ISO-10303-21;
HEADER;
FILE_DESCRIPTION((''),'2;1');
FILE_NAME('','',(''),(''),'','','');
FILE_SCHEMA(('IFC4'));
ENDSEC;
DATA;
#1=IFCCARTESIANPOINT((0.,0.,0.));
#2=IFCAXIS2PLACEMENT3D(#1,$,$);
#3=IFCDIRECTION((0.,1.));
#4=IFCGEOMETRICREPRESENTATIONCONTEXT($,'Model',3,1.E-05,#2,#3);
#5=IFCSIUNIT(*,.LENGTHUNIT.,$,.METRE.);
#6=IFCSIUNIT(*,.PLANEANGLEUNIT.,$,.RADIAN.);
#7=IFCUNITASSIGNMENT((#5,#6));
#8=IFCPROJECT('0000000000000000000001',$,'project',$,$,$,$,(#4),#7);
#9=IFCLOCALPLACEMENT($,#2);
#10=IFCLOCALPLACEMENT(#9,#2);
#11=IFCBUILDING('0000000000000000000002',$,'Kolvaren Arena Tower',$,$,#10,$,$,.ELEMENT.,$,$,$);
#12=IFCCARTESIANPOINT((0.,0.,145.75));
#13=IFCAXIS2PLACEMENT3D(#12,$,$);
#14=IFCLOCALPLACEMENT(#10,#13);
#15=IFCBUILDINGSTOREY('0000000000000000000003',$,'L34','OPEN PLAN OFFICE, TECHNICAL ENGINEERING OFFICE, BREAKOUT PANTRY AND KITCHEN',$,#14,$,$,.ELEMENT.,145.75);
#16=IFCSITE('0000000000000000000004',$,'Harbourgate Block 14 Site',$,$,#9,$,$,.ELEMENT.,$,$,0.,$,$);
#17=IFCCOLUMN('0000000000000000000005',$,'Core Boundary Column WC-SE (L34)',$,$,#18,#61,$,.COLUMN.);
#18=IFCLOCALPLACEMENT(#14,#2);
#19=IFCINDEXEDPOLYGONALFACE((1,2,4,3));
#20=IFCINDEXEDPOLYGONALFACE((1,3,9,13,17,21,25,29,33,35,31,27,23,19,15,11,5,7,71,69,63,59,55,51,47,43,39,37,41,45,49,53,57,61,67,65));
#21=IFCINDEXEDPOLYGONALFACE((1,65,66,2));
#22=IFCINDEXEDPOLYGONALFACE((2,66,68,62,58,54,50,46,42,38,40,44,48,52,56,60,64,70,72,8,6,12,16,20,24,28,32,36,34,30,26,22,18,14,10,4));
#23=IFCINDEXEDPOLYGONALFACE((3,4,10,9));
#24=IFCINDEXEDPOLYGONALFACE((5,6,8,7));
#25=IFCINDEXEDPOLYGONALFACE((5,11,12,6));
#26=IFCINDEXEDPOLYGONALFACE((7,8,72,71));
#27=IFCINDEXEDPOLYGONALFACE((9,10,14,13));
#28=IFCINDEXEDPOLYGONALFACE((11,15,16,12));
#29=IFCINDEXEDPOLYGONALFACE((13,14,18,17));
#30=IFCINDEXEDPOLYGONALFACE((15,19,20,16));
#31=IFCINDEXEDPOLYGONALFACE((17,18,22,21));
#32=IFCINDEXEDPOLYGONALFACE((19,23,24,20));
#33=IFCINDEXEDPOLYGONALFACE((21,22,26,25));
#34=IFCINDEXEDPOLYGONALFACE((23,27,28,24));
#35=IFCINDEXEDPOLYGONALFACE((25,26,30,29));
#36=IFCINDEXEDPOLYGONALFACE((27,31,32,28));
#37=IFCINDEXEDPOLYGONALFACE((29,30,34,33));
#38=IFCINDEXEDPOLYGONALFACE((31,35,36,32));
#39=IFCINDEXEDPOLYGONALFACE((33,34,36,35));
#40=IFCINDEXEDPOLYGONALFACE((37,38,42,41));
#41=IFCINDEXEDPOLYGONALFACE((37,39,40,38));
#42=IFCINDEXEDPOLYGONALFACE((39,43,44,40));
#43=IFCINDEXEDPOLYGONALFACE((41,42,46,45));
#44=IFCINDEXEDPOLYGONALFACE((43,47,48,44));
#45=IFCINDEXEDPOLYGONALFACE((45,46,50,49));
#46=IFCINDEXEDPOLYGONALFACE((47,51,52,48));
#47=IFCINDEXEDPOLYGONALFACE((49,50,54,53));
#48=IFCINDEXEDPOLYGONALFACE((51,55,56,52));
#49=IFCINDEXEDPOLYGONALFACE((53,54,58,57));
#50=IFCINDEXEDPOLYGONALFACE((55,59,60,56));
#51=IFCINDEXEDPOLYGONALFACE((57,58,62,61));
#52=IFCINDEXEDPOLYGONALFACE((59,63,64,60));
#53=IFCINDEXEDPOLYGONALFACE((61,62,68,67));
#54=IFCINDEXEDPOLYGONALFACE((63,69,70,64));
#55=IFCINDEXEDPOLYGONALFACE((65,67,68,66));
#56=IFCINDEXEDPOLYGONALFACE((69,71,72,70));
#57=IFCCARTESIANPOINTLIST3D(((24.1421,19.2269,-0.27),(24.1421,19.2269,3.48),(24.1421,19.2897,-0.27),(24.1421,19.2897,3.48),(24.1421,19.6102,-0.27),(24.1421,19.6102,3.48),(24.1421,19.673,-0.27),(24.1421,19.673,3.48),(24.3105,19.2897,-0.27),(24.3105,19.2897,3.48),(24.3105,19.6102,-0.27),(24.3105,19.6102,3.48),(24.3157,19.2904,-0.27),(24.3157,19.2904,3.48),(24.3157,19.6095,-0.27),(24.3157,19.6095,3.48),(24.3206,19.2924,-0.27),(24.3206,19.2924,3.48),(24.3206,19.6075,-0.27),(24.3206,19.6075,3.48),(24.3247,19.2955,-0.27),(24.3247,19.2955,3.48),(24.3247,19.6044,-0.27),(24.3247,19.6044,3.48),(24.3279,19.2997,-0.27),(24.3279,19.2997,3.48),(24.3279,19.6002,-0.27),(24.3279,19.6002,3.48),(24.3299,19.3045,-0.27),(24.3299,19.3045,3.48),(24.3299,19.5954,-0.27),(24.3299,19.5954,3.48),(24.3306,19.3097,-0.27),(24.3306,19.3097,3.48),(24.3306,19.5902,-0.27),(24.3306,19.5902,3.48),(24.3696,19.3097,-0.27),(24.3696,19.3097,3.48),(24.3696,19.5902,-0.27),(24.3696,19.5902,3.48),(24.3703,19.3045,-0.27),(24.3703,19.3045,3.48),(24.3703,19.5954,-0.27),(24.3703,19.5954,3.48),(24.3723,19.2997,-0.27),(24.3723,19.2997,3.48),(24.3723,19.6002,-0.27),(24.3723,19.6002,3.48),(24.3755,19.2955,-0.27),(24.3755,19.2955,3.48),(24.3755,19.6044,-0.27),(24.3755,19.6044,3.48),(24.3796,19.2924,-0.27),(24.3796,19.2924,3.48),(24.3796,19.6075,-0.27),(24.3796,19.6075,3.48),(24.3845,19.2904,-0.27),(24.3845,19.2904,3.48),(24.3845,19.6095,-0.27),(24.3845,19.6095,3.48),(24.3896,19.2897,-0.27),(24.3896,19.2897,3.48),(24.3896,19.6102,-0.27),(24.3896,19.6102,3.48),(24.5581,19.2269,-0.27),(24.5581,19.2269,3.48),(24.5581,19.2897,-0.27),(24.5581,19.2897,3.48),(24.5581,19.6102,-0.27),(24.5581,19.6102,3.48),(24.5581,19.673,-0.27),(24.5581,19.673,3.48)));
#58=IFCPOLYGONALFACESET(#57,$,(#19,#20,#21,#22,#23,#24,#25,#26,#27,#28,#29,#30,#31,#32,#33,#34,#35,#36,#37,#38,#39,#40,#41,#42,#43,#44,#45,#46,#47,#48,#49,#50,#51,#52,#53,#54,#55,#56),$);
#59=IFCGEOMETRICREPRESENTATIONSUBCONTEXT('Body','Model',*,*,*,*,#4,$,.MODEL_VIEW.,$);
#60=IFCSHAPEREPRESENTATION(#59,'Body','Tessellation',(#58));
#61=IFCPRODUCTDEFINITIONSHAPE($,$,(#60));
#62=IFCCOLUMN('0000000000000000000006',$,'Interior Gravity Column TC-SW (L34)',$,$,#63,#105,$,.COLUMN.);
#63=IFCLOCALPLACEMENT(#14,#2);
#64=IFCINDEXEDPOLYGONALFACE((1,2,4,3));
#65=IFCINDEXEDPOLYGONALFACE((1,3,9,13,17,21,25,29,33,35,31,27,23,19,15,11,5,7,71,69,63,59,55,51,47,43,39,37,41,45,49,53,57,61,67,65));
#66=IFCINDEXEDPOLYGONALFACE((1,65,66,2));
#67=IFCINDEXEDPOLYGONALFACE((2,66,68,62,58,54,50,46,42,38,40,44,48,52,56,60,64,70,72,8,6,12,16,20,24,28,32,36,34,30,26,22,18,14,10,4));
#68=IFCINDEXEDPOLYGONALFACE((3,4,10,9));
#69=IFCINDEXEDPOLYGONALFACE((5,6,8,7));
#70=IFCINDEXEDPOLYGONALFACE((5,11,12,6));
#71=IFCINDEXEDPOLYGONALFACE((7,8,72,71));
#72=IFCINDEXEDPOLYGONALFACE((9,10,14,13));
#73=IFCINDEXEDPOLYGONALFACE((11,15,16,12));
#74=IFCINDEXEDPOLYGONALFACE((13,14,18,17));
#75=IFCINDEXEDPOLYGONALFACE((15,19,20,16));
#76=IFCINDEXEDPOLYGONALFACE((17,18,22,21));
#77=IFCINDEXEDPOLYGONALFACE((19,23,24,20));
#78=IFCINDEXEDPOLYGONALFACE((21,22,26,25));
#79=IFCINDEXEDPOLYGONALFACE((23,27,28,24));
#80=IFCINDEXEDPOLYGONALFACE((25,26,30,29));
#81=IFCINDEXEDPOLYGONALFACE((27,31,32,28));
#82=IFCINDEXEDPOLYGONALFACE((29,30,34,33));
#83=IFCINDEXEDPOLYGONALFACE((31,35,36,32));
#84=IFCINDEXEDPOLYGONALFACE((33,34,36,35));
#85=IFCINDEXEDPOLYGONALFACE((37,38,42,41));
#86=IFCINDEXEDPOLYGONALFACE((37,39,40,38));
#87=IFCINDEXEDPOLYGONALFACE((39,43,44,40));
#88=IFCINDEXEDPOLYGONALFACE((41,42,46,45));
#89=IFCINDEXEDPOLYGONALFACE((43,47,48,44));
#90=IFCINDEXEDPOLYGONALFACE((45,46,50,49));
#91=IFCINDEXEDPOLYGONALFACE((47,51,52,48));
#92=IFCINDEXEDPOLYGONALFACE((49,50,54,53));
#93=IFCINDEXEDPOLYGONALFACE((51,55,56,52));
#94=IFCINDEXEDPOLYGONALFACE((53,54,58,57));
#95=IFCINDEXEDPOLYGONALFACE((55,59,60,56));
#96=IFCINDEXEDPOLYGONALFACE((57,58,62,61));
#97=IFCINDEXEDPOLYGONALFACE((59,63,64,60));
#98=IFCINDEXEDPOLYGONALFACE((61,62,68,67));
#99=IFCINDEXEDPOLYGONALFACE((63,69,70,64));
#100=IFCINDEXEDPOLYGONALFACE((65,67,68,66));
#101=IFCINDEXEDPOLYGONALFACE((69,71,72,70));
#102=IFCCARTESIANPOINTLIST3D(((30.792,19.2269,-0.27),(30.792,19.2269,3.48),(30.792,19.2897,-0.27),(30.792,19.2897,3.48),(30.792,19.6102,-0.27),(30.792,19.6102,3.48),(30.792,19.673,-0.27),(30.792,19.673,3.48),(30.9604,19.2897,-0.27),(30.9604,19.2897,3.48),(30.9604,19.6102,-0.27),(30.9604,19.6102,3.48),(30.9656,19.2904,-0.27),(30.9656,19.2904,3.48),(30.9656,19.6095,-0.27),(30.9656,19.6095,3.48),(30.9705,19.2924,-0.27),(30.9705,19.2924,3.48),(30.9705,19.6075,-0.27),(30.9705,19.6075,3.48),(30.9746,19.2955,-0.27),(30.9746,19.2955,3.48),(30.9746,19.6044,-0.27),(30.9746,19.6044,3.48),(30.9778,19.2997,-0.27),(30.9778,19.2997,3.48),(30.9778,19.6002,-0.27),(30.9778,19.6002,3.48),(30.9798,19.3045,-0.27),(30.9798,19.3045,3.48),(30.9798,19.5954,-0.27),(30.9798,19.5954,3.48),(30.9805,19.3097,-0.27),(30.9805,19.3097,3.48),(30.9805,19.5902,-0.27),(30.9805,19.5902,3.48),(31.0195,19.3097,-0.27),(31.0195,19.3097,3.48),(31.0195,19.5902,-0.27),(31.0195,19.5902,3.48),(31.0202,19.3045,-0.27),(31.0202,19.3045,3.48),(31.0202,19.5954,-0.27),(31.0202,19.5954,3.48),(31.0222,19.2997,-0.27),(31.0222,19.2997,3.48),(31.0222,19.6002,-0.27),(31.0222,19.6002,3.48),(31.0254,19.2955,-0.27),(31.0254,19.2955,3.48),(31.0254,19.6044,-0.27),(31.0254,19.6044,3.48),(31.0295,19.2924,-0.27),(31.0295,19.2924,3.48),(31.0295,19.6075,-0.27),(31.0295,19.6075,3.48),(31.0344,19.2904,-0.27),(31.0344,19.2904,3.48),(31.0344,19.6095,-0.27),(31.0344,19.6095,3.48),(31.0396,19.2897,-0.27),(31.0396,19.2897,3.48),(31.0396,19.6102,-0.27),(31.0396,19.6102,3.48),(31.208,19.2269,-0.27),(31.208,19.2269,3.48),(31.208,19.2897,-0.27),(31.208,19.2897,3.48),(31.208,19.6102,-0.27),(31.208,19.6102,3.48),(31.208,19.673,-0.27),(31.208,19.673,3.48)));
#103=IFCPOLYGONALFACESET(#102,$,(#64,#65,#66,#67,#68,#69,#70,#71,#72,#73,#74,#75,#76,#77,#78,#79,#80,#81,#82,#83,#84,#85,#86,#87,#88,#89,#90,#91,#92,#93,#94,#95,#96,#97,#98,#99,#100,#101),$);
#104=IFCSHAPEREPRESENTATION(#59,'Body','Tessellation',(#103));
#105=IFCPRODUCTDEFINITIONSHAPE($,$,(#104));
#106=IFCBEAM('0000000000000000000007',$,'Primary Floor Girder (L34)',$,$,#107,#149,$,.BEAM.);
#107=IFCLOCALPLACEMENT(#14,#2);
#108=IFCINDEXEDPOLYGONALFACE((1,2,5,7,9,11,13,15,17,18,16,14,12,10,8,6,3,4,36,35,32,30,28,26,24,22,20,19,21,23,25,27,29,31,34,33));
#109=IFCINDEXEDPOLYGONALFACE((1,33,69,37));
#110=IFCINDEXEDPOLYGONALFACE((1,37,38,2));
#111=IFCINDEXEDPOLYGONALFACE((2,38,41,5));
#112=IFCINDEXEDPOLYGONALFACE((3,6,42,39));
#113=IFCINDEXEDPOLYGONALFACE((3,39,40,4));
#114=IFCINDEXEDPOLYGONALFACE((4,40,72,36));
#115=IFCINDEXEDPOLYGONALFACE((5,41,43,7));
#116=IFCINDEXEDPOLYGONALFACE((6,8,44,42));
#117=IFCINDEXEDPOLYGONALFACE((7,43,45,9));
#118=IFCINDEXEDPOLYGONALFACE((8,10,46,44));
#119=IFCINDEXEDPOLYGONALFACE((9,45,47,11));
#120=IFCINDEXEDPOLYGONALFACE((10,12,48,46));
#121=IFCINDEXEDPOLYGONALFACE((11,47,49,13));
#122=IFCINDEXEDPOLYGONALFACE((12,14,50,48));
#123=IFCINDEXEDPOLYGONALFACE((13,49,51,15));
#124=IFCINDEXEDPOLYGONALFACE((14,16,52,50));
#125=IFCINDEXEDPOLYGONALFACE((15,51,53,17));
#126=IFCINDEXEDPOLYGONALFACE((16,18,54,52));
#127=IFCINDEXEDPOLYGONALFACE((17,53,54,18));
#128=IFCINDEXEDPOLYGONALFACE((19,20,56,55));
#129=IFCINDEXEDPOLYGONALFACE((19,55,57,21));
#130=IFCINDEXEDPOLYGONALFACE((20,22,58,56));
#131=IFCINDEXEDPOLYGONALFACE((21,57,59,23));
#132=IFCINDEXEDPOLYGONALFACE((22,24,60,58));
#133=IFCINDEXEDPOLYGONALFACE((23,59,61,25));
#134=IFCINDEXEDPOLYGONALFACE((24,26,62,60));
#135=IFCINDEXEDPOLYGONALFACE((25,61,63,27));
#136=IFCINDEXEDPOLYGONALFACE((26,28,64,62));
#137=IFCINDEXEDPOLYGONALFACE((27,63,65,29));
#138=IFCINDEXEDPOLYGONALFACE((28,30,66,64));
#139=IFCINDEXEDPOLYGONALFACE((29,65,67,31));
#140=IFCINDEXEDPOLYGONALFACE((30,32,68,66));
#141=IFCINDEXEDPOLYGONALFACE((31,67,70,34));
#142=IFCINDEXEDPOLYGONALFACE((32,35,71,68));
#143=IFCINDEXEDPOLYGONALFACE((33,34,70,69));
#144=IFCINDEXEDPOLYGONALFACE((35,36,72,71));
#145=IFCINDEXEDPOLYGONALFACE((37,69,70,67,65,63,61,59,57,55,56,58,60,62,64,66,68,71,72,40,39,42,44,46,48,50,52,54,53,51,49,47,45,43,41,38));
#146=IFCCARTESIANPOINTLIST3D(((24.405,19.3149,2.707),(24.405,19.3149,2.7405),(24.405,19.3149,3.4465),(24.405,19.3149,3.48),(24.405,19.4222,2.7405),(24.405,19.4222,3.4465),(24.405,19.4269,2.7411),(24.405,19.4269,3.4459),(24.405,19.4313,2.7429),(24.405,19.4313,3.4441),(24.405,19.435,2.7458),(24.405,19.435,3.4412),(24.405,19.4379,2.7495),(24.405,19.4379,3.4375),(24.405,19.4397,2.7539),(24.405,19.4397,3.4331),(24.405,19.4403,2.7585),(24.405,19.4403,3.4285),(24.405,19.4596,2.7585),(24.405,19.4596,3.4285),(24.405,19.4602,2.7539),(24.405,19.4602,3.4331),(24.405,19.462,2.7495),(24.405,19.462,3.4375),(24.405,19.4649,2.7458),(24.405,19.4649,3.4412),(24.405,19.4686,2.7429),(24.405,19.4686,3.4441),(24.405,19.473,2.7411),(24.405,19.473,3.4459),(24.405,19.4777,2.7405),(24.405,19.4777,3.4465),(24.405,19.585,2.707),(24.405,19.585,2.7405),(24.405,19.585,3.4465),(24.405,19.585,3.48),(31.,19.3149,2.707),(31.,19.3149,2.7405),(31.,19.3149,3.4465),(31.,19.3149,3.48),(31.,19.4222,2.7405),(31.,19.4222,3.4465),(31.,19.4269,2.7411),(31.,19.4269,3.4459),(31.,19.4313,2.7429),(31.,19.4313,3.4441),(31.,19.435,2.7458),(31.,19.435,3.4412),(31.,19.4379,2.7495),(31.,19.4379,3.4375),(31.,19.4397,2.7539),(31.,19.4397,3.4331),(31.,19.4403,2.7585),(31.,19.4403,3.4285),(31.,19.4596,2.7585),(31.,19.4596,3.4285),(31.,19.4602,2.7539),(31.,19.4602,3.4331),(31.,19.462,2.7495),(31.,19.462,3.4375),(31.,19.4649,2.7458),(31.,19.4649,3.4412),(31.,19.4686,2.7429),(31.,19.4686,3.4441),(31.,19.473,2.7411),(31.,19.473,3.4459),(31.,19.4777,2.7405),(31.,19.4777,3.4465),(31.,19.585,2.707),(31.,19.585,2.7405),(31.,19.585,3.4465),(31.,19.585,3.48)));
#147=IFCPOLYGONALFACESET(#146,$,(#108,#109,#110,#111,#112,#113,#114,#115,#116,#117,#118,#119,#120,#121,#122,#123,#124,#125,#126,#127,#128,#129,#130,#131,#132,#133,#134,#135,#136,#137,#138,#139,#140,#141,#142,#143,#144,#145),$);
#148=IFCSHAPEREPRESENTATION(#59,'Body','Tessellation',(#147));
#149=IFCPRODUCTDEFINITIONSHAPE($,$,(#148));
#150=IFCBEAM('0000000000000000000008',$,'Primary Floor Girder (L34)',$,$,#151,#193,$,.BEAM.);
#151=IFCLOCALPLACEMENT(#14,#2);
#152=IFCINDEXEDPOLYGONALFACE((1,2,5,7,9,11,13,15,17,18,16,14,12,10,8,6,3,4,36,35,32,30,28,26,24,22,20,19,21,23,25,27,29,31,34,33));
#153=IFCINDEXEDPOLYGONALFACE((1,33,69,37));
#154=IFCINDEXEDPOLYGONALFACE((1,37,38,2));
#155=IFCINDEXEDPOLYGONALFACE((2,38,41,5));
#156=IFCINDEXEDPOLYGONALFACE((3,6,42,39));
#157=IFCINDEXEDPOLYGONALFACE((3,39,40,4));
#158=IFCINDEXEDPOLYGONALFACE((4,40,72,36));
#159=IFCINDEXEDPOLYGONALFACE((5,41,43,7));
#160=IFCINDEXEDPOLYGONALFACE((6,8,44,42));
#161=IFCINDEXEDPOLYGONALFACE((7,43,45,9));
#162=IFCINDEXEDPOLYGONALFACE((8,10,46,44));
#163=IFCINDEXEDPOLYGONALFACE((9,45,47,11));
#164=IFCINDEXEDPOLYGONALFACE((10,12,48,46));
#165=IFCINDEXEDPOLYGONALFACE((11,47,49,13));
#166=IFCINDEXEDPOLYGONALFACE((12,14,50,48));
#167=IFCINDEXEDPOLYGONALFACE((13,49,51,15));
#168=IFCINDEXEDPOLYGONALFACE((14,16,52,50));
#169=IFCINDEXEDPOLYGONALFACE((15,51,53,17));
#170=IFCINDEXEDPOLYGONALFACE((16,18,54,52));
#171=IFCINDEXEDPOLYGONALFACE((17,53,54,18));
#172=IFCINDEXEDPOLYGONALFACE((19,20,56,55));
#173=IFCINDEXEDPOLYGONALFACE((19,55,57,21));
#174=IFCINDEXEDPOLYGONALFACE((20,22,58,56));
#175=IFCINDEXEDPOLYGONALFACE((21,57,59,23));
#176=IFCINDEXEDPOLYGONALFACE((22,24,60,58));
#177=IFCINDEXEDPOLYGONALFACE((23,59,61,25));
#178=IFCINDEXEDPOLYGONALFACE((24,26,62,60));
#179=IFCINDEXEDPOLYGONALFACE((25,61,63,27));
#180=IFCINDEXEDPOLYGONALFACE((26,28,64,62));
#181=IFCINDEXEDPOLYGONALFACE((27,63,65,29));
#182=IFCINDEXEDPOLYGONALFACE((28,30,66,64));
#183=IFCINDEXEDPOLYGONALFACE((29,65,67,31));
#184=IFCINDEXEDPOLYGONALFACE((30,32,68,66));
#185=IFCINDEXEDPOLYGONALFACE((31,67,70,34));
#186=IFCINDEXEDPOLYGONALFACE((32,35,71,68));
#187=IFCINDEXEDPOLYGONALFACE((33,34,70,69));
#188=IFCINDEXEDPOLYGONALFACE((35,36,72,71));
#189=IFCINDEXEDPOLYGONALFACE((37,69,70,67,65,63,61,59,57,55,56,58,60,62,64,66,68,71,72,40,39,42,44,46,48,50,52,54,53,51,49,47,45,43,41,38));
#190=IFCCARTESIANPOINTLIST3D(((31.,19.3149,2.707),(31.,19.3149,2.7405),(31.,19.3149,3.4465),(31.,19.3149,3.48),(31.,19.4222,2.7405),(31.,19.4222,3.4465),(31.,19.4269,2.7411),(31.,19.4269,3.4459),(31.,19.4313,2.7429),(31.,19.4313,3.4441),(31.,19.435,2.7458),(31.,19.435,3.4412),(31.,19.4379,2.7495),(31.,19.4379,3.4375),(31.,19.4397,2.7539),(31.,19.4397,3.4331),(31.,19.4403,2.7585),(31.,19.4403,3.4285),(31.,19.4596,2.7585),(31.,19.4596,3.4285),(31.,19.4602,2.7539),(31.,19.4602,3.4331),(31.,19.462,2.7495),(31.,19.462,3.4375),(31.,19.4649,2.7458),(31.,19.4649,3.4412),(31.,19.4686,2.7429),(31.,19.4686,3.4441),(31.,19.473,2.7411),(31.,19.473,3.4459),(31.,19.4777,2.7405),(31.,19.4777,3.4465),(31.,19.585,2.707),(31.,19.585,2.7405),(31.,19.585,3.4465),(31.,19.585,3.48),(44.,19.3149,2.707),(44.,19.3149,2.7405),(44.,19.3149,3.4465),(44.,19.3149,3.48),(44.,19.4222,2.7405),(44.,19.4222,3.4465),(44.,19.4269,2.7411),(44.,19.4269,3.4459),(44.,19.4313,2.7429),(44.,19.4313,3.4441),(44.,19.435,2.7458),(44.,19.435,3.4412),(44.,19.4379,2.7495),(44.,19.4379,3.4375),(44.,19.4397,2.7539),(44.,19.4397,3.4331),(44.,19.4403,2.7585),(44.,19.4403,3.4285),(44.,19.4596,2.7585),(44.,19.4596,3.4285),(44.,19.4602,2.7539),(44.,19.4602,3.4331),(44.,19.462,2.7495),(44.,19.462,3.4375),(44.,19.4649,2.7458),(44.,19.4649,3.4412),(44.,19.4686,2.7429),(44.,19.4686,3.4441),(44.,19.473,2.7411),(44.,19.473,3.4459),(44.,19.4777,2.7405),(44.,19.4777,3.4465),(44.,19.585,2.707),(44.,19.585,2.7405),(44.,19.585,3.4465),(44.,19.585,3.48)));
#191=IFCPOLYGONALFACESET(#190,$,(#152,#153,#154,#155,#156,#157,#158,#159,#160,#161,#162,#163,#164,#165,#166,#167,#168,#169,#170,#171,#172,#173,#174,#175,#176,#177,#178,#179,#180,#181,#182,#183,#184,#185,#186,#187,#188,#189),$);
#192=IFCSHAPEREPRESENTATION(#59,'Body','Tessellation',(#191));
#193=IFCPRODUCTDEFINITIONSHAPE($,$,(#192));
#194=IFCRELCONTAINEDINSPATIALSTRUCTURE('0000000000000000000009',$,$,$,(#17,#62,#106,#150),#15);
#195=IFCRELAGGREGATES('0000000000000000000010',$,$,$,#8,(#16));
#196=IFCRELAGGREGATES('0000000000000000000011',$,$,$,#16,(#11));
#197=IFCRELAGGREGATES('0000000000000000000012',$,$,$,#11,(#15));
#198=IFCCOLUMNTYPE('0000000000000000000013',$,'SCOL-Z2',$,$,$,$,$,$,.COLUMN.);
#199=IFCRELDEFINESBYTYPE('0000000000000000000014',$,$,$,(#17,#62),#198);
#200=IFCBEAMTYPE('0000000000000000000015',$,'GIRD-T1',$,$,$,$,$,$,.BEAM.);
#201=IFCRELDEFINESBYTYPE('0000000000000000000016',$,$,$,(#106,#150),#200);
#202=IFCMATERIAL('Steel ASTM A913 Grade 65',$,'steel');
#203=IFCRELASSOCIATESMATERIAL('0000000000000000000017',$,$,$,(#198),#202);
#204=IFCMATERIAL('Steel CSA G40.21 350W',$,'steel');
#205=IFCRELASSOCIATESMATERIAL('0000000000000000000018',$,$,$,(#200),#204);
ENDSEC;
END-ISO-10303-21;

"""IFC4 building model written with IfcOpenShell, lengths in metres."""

from ifc_helpers import new_model, si_unit, direction, frame, origin, origin_2d, place, context, subcontext, project, spatial, i_section, extrude, material, material_profile, profile_set, type_object, element, save


model = new_model("IFC4")

# Units and contexts
model_context = context("Model", 3, precision=1e-05, world=origin(), true_north=direction((0.0, 1.0)))
body_context = subcontext(model_context, "Body", "Model", "MODEL_VIEW")
ifc_project = project(units=[si_unit("LENGTHUNIT", "METRE"), si_unit("PLANEANGLEUNIT", "RADIAN")], contexts=[model_context])

# Site, building, storey
site_placement = place(None, origin())
site = spatial("IfcSite", under=ifc_project, at=site_placement, Name="Harbourgate Block 14 Site", CompositionType="ELEMENT", RefElevation=0.0)
building_placement = place(site_placement, origin())
building = spatial("IfcBuilding", under=site, at=building_placement, Name="Kolvaren Arena Tower", CompositionType="ELEMENT")
storey_placement = place(building_placement, frame((0.0, 0.0, 145.75)))
storey = spatial("IfcBuildingStorey", under=building, at=storey_placement, Name="L34", Description="OPEN PLAN OFFICE, TECHNICAL ENGINEERING OFFICE, BREAKOUT PANTRY AND KITCHEN", CompositionType="ELEMENT", Elevation=145.75)

# Columns
ifc_material_1 = material(Name="Steel ASTM A913 Grade 65", Category="steel")
ifc_material_profile_1 = material_profile(ifc_material_1, i_section(OverallWidth=0.416, OverallDepth=0.446, WebThickness=0.0391, FlangeThickness=0.0627, FilletRadius=0.02, at=origin_2d()), Name="W360x509")
ifc_profile_set_1 = profile_set([ifc_material_profile_1], Name="Steel ASTM A913 Grade 65")
column_type = type_object("IfcColumnType", Name="SCOL-Z2", PredefinedType="COLUMN", material=ifc_profile_set_1)
for number, where, z_axis, x_axis, name in (
    (1, (24.3501, 19.45, -0.27), (0.0, 0.0, 1.0), (1.0, 0.0, 0.0), "Core Boundary Column WC-SE (L34)"),
    (2, (31.0, 19.45, -0.27), (0.0, 0.0, 1.0), (1.0, 0.0, 0.0), "Interior Gravity Column TC-SW (L34)"),
):
    element("IfcColumn", number, at=place(storey_placement, frame(where, z_axis=z_axis, x_axis=x_axis)), inside=storey, type_object=column_type, Name=name, PredefinedType="COLUMN", context=body_context, shape_type="SweptSolid", body=[
        extrude(i_section(OverallWidth=0.416, OverallDepth=0.446, WebThickness=0.0391, FlangeThickness=0.0627, FilletRadius=0.02, at=origin_2d()), origin(), (0.0, 0.0, 1.0), 3.75),
    ])

# Beams
ifc_material_2 = material(Name="Steel CSA G40.21 350W", Category="steel")
ifc_material_profile_2 = material_profile(ifc_material_2, i_section(OverallWidth=0.27, OverallDepth=0.7729, WebThickness=0.0193, FlangeThickness=0.0334, FilletRadius=0.0181, at=origin_2d()), Name="W760x257")
ifc_profile_set_2 = profile_set([ifc_material_profile_2], Name="Steel CSA G40.21 350W")
beam_type_1 = type_object("IfcBeamType", Name="GIRD-T1", PredefinedType="BEAM", material=ifc_profile_set_2)
beam_1_placement = place(storey_placement, frame((24.405, 19.45, 3.0935), z_axis=(1.0, 0.0, 0.0), x_axis=(0.0, 1.0, 0.0)))
element("IfcBeam", 3, at=beam_1_placement, inside=storey, type_object=beam_type_1, Name="Primary Floor Girder (L34)", PredefinedType="BEAM", context=body_context, shape_type="SweptSolid", body=[
    extrude(i_section(OverallWidth=0.27, OverallDepth=0.7729, WebThickness=0.0193, FlangeThickness=0.0334, FilletRadius=0.0181, at=origin_2d()), origin(), (0.0, 0.0, 1.0), 6.595),
])
beam_2_placement = place(storey_placement, frame((31.0, 19.45, 3.0935), z_axis=(1.0, 0.0, 0.0), x_axis=(0.0, 1.0, 0.0)))
element("IfcBeam", 4, at=beam_2_placement, inside=storey, type_object=beam_type_1, Name="Primary Floor Girder (L34)", PredefinedType="BEAM", context=body_context, shape_type="SweptSolid", body=[
    extrude(i_section(OverallWidth=0.27, OverallDepth=0.7729, WebThickness=0.0193, FlangeThickness=0.0334, FilletRadius=0.0181, at=origin_2d()), origin(), (0.0, 0.0, 1.0), 13.0),
])

save(model, "model.ifc")
